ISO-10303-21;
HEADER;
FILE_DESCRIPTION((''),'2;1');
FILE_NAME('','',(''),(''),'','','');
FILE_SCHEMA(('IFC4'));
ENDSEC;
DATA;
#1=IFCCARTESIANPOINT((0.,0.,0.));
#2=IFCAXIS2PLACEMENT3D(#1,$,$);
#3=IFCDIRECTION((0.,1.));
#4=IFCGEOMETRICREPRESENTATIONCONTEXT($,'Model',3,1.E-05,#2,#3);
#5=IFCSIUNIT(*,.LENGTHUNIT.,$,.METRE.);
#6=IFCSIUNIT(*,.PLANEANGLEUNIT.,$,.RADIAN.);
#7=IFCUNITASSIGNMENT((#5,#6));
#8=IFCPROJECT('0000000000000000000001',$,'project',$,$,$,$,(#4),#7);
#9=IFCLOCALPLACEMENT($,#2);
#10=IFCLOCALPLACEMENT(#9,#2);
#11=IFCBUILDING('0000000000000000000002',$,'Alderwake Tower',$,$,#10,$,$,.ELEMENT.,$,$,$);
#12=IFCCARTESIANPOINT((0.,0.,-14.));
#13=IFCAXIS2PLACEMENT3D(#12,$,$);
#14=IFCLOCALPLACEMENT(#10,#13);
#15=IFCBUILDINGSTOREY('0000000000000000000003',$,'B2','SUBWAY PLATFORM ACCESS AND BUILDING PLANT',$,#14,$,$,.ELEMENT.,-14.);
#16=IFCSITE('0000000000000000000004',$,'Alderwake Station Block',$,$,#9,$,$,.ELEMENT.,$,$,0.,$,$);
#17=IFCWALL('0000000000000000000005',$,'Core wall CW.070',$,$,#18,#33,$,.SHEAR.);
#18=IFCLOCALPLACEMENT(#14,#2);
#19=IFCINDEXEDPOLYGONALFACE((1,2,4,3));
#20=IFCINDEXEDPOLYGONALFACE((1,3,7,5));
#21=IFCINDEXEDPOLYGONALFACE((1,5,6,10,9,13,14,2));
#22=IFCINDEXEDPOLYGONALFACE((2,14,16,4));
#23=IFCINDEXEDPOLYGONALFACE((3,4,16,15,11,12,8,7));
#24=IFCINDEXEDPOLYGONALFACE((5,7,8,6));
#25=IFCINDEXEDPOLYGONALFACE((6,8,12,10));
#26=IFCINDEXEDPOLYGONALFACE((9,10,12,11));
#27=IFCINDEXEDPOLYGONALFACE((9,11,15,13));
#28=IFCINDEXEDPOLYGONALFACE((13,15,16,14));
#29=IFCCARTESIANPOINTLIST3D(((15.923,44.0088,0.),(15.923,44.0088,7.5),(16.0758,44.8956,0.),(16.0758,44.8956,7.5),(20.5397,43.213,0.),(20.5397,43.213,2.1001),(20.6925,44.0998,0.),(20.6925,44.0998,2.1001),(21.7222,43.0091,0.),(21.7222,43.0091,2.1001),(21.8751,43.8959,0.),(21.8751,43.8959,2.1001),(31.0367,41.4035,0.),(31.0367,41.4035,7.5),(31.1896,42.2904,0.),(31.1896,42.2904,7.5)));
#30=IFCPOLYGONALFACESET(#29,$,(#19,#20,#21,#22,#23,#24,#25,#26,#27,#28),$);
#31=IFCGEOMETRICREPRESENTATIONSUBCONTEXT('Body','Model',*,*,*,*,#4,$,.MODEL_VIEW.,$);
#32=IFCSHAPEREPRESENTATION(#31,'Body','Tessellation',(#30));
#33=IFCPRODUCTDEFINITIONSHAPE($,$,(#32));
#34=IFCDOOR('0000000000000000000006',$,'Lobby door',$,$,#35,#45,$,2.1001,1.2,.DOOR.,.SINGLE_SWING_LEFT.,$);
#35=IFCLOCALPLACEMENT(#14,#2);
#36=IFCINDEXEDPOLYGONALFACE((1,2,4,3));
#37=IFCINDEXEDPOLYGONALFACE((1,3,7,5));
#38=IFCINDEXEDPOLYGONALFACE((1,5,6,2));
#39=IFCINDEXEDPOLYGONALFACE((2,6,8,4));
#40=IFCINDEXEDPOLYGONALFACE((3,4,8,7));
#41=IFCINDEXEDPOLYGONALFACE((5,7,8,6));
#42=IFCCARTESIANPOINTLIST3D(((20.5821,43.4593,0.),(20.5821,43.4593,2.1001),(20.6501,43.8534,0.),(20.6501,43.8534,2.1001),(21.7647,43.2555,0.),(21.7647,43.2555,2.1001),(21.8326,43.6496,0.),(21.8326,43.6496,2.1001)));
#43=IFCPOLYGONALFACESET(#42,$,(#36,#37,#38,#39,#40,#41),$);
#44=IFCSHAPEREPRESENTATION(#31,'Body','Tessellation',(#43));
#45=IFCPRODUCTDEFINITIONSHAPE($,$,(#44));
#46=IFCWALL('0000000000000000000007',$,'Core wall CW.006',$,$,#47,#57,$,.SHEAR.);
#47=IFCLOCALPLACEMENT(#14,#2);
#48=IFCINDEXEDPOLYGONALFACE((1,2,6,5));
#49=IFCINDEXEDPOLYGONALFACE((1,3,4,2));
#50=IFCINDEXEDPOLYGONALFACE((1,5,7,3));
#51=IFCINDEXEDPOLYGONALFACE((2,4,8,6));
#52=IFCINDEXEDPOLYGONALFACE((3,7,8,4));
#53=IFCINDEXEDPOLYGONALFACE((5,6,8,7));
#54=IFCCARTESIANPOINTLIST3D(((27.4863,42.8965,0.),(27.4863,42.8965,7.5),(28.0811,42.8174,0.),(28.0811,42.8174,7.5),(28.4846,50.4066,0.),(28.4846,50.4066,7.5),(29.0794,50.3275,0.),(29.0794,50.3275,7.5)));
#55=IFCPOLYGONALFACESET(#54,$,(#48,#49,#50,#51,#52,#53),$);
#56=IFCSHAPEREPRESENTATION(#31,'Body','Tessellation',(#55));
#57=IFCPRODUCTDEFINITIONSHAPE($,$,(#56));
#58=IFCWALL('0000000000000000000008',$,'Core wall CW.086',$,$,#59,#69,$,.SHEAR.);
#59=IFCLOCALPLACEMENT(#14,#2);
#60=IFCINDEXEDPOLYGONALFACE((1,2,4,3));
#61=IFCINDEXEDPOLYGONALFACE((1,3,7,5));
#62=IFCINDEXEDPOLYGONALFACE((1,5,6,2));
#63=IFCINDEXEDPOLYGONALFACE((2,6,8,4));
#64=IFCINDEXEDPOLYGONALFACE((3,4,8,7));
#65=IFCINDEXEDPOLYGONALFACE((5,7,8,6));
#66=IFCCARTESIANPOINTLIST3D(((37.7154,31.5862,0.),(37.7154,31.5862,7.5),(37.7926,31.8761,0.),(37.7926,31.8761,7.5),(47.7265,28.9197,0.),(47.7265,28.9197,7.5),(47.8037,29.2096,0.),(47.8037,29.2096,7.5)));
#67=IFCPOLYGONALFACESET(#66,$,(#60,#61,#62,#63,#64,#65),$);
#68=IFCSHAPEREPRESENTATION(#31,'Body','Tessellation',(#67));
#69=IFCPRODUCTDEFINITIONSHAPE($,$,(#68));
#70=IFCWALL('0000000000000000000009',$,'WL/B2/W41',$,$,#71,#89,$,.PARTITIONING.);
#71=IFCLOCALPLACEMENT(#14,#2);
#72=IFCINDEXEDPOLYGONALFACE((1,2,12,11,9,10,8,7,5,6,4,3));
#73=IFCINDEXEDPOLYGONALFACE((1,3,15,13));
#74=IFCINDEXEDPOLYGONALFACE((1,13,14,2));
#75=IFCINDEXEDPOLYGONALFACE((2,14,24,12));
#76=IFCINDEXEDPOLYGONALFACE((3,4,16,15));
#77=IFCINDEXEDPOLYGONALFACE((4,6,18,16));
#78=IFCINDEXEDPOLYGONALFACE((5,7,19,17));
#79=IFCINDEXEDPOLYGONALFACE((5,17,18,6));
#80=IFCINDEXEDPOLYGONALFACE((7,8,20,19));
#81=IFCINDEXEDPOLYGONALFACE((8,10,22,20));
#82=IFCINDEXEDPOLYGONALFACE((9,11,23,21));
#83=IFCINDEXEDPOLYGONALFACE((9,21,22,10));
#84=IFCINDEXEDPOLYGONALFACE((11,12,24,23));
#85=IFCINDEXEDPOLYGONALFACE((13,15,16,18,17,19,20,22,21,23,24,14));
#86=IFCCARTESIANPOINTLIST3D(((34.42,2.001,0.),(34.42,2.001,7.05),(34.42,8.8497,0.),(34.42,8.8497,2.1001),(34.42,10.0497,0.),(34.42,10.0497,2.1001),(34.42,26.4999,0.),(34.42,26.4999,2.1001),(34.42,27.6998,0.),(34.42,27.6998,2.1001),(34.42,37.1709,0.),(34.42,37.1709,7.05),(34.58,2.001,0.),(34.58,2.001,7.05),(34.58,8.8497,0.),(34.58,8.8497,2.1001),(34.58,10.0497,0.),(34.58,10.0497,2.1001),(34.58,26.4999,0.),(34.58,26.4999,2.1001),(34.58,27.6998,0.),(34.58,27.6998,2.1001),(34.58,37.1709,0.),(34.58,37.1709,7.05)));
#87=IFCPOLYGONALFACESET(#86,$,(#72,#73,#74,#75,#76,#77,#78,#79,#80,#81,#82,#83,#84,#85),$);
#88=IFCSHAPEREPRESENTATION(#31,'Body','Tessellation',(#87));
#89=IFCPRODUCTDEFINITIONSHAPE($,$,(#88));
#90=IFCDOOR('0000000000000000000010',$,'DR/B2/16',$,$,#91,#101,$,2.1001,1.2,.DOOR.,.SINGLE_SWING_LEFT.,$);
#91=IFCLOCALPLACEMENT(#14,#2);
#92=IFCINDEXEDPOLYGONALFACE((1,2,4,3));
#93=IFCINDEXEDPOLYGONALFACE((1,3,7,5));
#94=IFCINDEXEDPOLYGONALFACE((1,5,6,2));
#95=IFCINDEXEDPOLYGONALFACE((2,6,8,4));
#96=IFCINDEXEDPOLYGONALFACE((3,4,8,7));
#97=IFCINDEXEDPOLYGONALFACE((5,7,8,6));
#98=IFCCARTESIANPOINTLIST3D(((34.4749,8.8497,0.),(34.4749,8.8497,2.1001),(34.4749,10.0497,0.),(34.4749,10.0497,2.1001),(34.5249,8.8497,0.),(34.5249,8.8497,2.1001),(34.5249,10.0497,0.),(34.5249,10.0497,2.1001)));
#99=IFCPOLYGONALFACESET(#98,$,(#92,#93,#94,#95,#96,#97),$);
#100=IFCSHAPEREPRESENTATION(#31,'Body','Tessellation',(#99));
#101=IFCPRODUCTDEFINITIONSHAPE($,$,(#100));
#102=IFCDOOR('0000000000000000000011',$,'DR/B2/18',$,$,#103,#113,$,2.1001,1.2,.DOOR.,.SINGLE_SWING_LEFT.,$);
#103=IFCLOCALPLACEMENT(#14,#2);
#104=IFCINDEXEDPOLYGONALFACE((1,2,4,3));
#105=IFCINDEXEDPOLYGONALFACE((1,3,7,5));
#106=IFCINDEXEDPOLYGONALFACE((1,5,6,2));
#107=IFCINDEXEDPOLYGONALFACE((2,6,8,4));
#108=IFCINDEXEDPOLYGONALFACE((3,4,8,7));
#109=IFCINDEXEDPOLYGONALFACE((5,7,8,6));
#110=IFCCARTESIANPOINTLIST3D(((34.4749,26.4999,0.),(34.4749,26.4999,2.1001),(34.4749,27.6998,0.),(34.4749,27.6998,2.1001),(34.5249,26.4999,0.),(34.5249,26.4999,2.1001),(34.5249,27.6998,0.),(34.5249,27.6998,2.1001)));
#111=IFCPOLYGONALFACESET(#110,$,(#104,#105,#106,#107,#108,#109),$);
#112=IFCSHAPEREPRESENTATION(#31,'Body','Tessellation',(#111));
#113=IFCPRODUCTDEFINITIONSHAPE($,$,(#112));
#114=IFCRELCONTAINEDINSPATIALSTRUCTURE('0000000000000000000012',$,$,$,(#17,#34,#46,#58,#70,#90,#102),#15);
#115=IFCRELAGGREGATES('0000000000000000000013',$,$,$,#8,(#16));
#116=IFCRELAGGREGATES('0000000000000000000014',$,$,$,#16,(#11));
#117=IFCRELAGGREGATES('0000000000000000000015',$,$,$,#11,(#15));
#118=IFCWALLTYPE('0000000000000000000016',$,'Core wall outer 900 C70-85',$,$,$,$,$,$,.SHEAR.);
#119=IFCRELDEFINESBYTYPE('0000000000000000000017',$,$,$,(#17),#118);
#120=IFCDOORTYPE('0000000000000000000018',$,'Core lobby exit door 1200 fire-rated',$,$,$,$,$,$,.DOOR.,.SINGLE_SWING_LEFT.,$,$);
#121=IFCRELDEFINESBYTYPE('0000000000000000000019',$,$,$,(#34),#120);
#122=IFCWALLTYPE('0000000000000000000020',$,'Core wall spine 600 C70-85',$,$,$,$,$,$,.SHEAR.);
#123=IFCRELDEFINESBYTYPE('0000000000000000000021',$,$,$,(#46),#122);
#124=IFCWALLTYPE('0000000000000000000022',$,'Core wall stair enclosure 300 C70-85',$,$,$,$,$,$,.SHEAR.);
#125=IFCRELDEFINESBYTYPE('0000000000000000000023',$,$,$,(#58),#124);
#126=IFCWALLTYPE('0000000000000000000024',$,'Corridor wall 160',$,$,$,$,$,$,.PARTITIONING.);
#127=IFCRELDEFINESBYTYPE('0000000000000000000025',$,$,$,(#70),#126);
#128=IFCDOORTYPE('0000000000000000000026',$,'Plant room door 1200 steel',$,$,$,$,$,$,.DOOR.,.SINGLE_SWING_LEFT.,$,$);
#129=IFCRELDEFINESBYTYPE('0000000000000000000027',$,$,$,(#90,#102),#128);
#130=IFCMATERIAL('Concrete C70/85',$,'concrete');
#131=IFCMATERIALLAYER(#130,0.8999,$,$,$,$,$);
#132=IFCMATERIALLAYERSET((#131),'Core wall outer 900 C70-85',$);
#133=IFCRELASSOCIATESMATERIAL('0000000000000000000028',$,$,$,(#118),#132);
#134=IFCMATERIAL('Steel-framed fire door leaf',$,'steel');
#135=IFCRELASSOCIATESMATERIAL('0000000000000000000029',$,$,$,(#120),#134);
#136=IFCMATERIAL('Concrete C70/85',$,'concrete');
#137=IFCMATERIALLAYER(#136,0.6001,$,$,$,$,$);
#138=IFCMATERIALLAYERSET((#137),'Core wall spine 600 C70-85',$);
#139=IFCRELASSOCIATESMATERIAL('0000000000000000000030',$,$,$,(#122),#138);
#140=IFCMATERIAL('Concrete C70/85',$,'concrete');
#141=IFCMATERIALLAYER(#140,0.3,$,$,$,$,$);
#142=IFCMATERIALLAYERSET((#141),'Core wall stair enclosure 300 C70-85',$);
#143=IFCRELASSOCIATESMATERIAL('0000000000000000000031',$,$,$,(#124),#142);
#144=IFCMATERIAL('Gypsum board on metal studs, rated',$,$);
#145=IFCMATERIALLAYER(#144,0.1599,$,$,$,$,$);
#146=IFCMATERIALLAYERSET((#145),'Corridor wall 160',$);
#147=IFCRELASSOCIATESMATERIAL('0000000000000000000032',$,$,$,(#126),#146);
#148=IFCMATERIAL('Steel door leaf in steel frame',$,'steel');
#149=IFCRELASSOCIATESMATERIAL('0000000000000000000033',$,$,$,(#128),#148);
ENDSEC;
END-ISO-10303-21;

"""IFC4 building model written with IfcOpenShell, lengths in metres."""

from ifc_helpers import new_model, si_unit, direction, frame, frame_2d, origin, place, context, subcontext, project, spatial, rectangle, extrude, material, layer, layer_set, type_object, element, fill, save


model = new_model("IFC4")

# Units and contexts
model_context = context("Model", 3, precision=1e-05, world=origin(), true_north=direction((0.0, 1.0)))
body_context = subcontext(model_context, "Body", "Model", "MODEL_VIEW")
ifc_project = project(units=[si_unit("LENGTHUNIT", "METRE"), si_unit("PLANEANGLEUNIT", "RADIAN")], contexts=[model_context])

# Site, building, storey
site_placement = place(None, origin())
site = spatial("IfcSite", under=ifc_project, at=site_placement, Name="Alderwake Station Block", CompositionType="ELEMENT", RefElevation=0.0)
building_placement = place(site_placement, origin())
building = spatial("IfcBuilding", under=site, at=building_placement, Name="Alderwake Tower", CompositionType="ELEMENT")
storey_placement = place(building_placement, frame((0.0, 0.0, -14.0)))
storey = spatial("IfcBuildingStorey", under=building, at=storey_placement, Name="B2", Description="SUBWAY PLATFORM ACCESS AND BUILDING PLANT", CompositionType="ELEMENT", Elevation=-14.0)

# Wall, opening, door
ifc_material_1 = material(Name="Concrete C70/85", Category="concrete")
ifc_layer_1 = layer(ifc_material_1, 0.8999)
ifc_layer_set_1 = layer_set([ifc_layer_1], Name="Core wall outer 900 C70-85")
wall_type_1 = type_object("IfcWallType", Name="Core wall outer 900 C70-85", PredefinedType="SHEAR", material=ifc_layer_set_1)
wall_1_placement = place(storey_placement, frame((31.1133, 41.8469, 0.0), z_axis=(0.0, 0.0, 1.0), x_axis=(-0.985467, 0.169869, 0.0)))
wall_1 = element("IfcWall", 1, at=wall_1_placement, inside=storey, type_object=wall_type_1, Name="Core wall CW.070", PredefinedType="SHEAR", context=body_context, shape_type="SweptSolid", body=[
    extrude(rectangle(XDim=15.3367, YDim=0.8999, at=frame_2d((7.6685, 0.0))), origin(), (0.0, 0.0, 1.0), 7.5),
])
opening_1_placement = place(wall_1_placement, frame((9.4519, 0.0, 0.0)))
opening_1 = element("IfcOpeningElement", 2, at=opening_1_placement, cuts=wall_1, PredefinedType="OPENING", context=body_context, shape_type="SweptSolid", body=[
    extrude(rectangle(XDim=1.2, YDim=2.1001, at=frame_2d((0.6001, 1.05))), frame((0.0, 0.46, 0.0), z_axis=(0.0, -1.0, 0.0), x_axis=(1.0, 0.0, 0.0)), (0.0, 0.0, 1.0), 0.9199),
])
ifc_material_2 = material(Name="Steel-framed fire door leaf", Category="steel")
door_type_1 = type_object("IfcDoorType", Name="Core lobby exit door 1200 fire-rated", OperationType="SINGLE_SWING_LEFT", PredefinedType="DOOR", material=ifc_material_2)
door_1_placement = place(opening_1_placement, origin())
door_1 = element("IfcDoor", 3, at=door_1_placement, inside=storey, type_object=door_type_1, Name="Lobby door", OperationType="SINGLE_SWING_LEFT", OverallHeight=2.1001, OverallWidth=1.2, PredefinedType="DOOR", context=body_context, shape_type="SweptSolid", body=[
    extrude(rectangle(XDim=1.2, YDim=2.1001, at=frame_2d((0.6001, 1.05))), frame((0.0, 0.2, 0.0), z_axis=(0.0, -1.0, 0.0), x_axis=(1.0, 0.0, 0.0)), (0.0, 0.0, 1.0), 0.3999),
])
fill(opening_1, door_1)

# Walls
ifc_material_3 = material(Name="Concrete C70/85", Category="concrete")
ifc_layer_2 = layer(ifc_material_3, 0.6001)
ifc_layer_set_2 = layer_set([ifc_layer_2], Name="Core wall spine 600 C70-85")
wall_type_2 = type_object("IfcWallType", Name="Core wall spine 600 C70-85", PredefinedType="SHEAR", material=ifc_layer_set_2)
wall_2_placement = place(storey_placement, frame((27.7837, 42.8569, 0.0), z_axis=(0.0, 0.0, 1.0), x_axis=(0.131769, 0.99128, 0.0)))
element("IfcWall", 4, at=wall_2_placement, inside=storey, type_object=wall_type_2, Name="Core wall CW.006", PredefinedType="SHEAR", context=body_context, shape_type="SweptSolid", body=[
    extrude(rectangle(XDim=7.5762, YDim=0.6001, at=frame_2d((3.7881, 0.0))), origin(), (0.0, 0.0, 1.0), 7.5),
])
ifc_material_4 = material(Name="Concrete C70/85", Category="concrete")
ifc_layer_3 = layer(ifc_material_4, 0.3)
ifc_layer_set_3 = layer_set([ifc_layer_3], Name="Core wall stair enclosure 300 C70-85")
wall_type_3 = type_object("IfcWallType", Name="Core wall stair enclosure 300 C70-85", PredefinedType="SHEAR", material=ifc_layer_set_3)
wall_3_placement = place(storey_placement, frame((37.7539, 31.7312, 0.0), z_axis=(0.0, 0.0, 1.0), x_axis=(0.966309, -0.257384, 0.0)))
element("IfcWall", 5, at=wall_3_placement, inside=storey, type_object=wall_type_3, Name="Core wall CW.086", PredefinedType="SHEAR", context=body_context, shape_type="SweptSolid", body=[
    extrude(rectangle(XDim=10.3601, YDim=0.3, at=frame_2d((5.1802, 0.0))), origin(), (0.0, 0.0, 1.0), 7.5),
])

# Wall, openings, doors
ifc_material_5 = material(Name="Gypsum board on metal studs, rated")
ifc_layer_4 = layer(ifc_material_5, 0.1599)
ifc_layer_set_4 = layer_set([ifc_layer_4], Name="Corridor wall 160")
wall_type_4 = type_object("IfcWallType", Name="Corridor wall 160", PredefinedType="PARTITIONING", material=ifc_layer_set_4)
wall_4_placement = place(storey_placement, frame((34.5, 37.1709, 0.0), z_axis=(0.0, 0.0, 1.0), x_axis=(0.0, -1.0, 0.0)))
wall_4 = element("IfcWall", 6, at=wall_4_placement, inside=storey, type_object=wall_type_4, Name="WL/B2/W41", PredefinedType="PARTITIONING", context=body_context, shape_type="SweptSolid", body=[
    extrude(rectangle(XDim=35.1699, YDim=0.1599, at=frame_2d((17.585, 0.0))), origin(), (0.0, 0.0, 1.0), 7.05),
])
opening_2_placement = place(wall_4_placement, frame((27.1211, 0.0, 0.0)))
opening_2 = element("IfcOpeningElement", 7, at=opening_2_placement, cuts=wall_4, PredefinedType="OPENING", context=body_context, shape_type="SweptSolid", body=[
    extrude(rectangle(XDim=1.2, YDim=2.1001, at=frame_2d((0.6001, 1.05))), frame((0.0, 0.0898, 0.0), z_axis=(0.0, -1.0, 0.0), x_axis=(1.0, 0.0, 0.0)), (0.0, 0.0, 1.0), 0.1799),
])
opening_3_placement = place(wall_4_placement, frame((9.4709, 0.0, 0.0)))
opening_3 = element("IfcOpeningElement", 8, at=opening_3_placement, cuts=wall_4, PredefinedType="OPENING", context=body_context, shape_type="SweptSolid", body=[
    extrude(rectangle(XDim=1.2, YDim=2.1001, at=frame_2d((0.6001, 1.05))), frame((0.0, 0.0898, 0.0), z_axis=(0.0, -1.0, 0.0), x_axis=(1.0, 0.0, 0.0)), (0.0, 0.0, 1.0), 0.1799),
])
ifc_material_6 = material(Name="Steel door leaf in steel frame", Category="steel")
door_type_2 = type_object("IfcDoorType", Name="Plant room door 1200 steel", OperationType="SINGLE_SWING_LEFT", PredefinedType="DOOR", material=ifc_material_6)
door_2_placement = place(opening_2_placement, origin())
door_2 = element("IfcDoor", 9, at=door_2_placement, inside=storey, type_object=door_type_2, Name="DR/B2/16", OperationType="SINGLE_SWING_LEFT", OverallHeight=2.1001, OverallWidth=1.2, PredefinedType="DOOR", context=body_context, shape_type="SweptSolid", body=[
    extrude(rectangle(XDim=1.2, YDim=2.1001, at=frame_2d((0.6001, 1.05))), frame((0.0, 0.0249, 0.0), z_axis=(0.0, -1.0, 0.0), x_axis=(1.0, 0.0, 0.0)), (0.0, 0.0, 1.0), 0.05),
])
fill(opening_2, door_2)
door_3_placement = place(opening_3_placement, origin())
door_3 = element("IfcDoor", 10, at=door_3_placement, inside=storey, type_object=door_type_2, Name="DR/B2/18", OperationType="SINGLE_SWING_LEFT", OverallHeight=2.1001, OverallWidth=1.2, PredefinedType="DOOR", context=body_context, shape_type="SweptSolid", body=[
    extrude(rectangle(XDim=1.2, YDim=2.1001, at=frame_2d((0.6001, 1.05))), frame((0.0, 0.0249, 0.0), z_axis=(0.0, -1.0, 0.0), x_axis=(1.0, 0.0, 0.0)), (0.0, 0.0, 1.0), 0.05),
])
fill(opening_3, door_3)

save(model, "model.ifc")
